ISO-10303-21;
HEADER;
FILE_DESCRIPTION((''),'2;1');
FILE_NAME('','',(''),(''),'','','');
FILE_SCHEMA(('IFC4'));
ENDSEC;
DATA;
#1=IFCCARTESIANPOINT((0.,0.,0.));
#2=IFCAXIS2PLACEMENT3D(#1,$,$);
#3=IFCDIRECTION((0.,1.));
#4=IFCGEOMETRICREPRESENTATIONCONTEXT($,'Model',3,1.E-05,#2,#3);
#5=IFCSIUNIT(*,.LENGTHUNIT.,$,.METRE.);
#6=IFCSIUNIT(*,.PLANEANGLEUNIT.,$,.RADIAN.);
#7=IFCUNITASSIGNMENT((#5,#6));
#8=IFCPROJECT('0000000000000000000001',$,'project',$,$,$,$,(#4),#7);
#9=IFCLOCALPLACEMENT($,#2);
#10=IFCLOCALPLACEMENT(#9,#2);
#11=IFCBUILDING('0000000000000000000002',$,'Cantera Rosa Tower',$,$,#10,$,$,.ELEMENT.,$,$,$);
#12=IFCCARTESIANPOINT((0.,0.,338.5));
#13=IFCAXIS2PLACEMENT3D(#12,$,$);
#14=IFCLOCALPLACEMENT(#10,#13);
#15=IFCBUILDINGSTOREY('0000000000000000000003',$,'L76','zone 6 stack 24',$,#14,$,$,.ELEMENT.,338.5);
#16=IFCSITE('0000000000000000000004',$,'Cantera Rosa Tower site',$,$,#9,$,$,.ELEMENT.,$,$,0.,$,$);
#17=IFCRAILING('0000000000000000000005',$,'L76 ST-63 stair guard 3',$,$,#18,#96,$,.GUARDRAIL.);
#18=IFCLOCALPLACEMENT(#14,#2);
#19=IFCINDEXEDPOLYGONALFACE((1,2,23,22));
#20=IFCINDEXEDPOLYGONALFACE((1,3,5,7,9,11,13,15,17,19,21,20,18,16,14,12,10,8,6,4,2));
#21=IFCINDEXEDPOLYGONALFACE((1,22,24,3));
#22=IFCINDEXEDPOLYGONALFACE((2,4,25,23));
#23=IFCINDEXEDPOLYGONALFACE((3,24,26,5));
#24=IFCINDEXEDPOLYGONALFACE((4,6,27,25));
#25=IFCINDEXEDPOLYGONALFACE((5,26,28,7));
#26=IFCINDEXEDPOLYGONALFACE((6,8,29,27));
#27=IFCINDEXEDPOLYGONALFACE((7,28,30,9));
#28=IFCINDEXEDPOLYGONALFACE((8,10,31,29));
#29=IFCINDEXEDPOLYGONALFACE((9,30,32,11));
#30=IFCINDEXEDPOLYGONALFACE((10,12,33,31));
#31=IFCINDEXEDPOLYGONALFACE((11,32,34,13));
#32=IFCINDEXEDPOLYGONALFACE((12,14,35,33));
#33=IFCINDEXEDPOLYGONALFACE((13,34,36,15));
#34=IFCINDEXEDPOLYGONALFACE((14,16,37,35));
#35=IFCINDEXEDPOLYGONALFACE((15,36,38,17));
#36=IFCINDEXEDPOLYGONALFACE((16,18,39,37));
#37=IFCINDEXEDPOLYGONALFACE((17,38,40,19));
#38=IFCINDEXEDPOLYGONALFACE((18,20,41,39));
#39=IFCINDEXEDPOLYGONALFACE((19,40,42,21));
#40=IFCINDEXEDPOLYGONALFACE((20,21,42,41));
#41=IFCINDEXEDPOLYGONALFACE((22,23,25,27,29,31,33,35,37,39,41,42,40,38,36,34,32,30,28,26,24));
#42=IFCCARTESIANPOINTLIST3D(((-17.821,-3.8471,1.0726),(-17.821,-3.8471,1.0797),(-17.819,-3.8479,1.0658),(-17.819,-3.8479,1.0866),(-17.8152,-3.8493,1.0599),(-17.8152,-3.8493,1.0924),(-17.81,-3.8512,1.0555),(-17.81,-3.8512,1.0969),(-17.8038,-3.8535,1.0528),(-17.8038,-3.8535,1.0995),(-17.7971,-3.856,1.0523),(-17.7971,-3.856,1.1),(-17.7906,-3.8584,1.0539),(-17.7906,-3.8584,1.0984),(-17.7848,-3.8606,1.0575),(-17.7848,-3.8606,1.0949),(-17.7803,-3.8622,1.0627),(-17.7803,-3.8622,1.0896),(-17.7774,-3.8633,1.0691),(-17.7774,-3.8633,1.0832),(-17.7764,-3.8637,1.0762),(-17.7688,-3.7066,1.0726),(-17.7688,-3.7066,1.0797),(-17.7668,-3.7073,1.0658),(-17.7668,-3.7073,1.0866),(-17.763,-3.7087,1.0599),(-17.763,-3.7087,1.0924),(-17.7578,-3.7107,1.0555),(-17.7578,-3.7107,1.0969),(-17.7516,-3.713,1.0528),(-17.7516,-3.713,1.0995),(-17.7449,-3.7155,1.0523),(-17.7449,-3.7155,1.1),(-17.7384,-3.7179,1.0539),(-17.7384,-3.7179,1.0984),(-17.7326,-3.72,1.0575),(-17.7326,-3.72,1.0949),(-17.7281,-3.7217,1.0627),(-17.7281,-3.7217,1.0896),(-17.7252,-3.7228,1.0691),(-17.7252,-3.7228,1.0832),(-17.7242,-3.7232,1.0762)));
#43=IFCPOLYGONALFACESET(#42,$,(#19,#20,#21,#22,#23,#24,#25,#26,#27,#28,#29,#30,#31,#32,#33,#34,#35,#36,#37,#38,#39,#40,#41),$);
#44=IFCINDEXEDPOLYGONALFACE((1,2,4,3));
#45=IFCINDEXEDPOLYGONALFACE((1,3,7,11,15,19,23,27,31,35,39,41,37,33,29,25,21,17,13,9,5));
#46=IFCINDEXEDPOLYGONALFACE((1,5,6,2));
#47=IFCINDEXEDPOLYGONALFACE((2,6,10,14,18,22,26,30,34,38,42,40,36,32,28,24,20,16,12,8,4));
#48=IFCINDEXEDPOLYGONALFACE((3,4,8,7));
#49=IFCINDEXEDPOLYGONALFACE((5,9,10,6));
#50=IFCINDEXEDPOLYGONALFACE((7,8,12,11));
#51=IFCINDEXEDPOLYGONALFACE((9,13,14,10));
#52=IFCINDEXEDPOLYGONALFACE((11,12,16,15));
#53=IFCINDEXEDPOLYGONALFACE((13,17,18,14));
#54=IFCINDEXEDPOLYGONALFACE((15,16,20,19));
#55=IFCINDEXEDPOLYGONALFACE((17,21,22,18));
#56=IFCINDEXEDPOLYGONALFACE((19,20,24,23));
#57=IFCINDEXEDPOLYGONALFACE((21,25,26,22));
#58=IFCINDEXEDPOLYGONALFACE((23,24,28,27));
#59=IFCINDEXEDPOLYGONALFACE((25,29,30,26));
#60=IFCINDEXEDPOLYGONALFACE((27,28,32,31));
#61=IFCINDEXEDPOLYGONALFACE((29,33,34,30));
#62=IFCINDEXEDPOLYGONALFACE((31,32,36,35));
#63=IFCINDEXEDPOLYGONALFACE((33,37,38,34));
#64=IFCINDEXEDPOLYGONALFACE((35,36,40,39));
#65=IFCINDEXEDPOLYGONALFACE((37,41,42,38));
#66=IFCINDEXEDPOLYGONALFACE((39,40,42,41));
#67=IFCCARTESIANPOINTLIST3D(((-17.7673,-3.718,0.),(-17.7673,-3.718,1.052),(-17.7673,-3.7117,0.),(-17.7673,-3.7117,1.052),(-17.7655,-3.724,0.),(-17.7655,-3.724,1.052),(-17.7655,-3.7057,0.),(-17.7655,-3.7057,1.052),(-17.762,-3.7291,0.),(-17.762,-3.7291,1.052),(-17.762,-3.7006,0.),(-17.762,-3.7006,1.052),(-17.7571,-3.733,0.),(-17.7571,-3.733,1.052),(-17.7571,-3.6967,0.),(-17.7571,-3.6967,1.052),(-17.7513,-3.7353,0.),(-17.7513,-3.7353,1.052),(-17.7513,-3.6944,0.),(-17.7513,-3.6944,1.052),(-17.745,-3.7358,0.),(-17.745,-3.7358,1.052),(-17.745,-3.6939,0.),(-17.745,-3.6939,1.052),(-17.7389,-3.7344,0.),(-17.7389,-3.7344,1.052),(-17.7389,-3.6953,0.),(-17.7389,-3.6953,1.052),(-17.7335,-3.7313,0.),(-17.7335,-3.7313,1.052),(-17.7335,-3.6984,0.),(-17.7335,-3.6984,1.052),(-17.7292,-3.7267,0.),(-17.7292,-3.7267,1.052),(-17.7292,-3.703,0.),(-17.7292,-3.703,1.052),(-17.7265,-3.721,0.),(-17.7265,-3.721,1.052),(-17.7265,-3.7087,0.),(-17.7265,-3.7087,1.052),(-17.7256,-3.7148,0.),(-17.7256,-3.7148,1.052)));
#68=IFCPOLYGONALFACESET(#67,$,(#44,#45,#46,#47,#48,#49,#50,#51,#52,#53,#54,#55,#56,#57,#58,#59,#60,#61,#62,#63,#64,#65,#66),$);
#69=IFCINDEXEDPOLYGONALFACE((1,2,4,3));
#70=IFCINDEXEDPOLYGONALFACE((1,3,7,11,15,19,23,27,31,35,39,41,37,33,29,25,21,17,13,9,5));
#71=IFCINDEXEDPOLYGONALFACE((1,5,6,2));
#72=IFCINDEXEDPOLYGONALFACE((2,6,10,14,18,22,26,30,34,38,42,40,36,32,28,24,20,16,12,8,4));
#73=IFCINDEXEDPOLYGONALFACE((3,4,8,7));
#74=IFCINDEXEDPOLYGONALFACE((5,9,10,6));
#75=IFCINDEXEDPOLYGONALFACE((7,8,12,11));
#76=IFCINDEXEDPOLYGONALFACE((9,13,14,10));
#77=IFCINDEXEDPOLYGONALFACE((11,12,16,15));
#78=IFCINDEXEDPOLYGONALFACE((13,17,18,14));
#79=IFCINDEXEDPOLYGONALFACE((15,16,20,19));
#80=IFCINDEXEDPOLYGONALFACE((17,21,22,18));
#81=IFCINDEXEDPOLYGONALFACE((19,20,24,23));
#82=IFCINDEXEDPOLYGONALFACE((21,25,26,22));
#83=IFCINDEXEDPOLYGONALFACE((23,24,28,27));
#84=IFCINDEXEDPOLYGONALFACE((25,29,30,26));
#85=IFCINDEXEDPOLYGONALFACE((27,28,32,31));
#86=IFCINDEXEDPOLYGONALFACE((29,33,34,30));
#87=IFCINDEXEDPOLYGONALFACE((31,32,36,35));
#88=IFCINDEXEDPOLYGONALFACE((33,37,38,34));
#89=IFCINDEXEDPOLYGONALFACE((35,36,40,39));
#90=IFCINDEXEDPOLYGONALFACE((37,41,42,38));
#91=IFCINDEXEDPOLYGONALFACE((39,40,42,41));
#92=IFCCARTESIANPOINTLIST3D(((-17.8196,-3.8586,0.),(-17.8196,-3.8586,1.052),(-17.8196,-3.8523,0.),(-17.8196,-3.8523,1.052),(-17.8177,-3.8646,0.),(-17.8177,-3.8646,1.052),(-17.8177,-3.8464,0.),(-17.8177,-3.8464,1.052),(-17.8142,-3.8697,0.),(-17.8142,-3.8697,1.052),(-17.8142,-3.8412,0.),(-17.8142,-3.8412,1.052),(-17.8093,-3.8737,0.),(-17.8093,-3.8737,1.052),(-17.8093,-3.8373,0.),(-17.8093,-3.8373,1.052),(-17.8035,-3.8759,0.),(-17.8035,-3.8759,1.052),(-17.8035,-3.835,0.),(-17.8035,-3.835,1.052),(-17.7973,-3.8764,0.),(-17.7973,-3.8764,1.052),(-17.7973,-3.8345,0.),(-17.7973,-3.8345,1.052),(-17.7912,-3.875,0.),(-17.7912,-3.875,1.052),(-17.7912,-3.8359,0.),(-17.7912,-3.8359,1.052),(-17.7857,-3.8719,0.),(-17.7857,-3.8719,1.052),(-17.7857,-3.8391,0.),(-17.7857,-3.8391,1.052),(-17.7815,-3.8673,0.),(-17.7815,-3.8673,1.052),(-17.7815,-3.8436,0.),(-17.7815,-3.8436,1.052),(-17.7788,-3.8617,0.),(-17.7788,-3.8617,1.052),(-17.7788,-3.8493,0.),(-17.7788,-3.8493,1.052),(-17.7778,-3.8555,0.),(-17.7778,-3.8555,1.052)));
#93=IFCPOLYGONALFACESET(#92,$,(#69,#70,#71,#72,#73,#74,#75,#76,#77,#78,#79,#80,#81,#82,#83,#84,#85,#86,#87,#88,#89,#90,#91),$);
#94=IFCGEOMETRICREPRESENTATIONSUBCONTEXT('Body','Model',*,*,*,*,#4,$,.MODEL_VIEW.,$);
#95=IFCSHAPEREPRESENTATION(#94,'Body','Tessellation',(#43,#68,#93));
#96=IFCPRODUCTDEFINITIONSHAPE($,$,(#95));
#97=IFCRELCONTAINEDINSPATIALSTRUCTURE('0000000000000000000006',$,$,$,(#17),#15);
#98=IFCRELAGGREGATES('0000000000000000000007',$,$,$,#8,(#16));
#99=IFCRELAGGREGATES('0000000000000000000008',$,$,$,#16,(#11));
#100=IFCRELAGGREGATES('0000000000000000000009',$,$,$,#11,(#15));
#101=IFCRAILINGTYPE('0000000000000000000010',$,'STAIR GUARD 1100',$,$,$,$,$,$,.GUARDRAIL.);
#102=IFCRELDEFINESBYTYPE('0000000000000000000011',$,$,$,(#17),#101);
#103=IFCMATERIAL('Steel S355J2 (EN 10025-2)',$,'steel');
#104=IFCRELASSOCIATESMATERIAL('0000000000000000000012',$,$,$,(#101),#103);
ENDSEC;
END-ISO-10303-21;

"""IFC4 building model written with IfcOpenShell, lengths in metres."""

from ifc_helpers import new_model, si_unit, direction, frame, origin, origin_2d, place, context, subcontext, project, spatial, circle, extrude, material, type_object, element, save


model = new_model("IFC4")

# Units and contexts
model_context = context("Model", 3, precision=1e-05, world=origin(), true_north=direction((0.0, 1.0)))
body_context = subcontext(model_context, "Body", "Model", "MODEL_VIEW")
ifc_project = project(units=[si_unit("LENGTHUNIT", "METRE"), si_unit("PLANEANGLEUNIT", "RADIAN")], contexts=[model_context])

# Site, building, storey
site_placement = place(None, origin())
site = spatial("IfcSite", under=ifc_project, at=site_placement, Name="Cantera Rosa Tower site", CompositionType="ELEMENT", RefElevation=0.0)
building_placement = place(site_placement, origin())
building = spatial("IfcBuilding", under=site, at=building_placement, Name="Cantera Rosa Tower", CompositionType="ELEMENT")
storey_placement = place(building_placement, frame((0.0, 0.0, 338.5)))
storey = spatial("IfcBuildingStorey", under=building, at=storey_placement, Name="L76", Description="zone 6 stack 24", CompositionType="ELEMENT", Elevation=338.5)

# Railing
ifc_material_1 = material(Name="Steel S355J2 (EN 10025-2)", Category="steel")
railing_type_1 = type_object("IfcRailingType", Name="STAIR GUARD 1100", PredefinedType="GUARDRAIL", material=ifc_material_1)
railing_1_placement = place(storey_placement, frame((-17.7466, -3.7148, 0.0)))
element("IfcRailing", 1, at=railing_1_placement, inside=storey, type_object=railing_type_1, Name="L76 ST-63 stair guard 3", PredefinedType="GUARDRAIL", context=body_context, shape_type="SweptSolid", body=[
    extrude(circle(Radius=0.0239, at=origin_2d()), frame((0.0, 0.0, 1.0762), z_axis=(-0.348268, -0.937395, 0.0), x_axis=(0.937395, -0.348268, 0.0)), (0.0, 0.0, 1.0), 0.1499),
    extrude(circle(Radius=0.021, at=origin_2d()), origin(), (0.0, 0.0, 1.0), 1.052),
    extrude(circle(Radius=0.021, at=origin_2d()), frame((-0.0522, -0.1406, 0.0)), (0.0, 0.0, 1.0), 1.052),
])

save(model, "model.ifc")
